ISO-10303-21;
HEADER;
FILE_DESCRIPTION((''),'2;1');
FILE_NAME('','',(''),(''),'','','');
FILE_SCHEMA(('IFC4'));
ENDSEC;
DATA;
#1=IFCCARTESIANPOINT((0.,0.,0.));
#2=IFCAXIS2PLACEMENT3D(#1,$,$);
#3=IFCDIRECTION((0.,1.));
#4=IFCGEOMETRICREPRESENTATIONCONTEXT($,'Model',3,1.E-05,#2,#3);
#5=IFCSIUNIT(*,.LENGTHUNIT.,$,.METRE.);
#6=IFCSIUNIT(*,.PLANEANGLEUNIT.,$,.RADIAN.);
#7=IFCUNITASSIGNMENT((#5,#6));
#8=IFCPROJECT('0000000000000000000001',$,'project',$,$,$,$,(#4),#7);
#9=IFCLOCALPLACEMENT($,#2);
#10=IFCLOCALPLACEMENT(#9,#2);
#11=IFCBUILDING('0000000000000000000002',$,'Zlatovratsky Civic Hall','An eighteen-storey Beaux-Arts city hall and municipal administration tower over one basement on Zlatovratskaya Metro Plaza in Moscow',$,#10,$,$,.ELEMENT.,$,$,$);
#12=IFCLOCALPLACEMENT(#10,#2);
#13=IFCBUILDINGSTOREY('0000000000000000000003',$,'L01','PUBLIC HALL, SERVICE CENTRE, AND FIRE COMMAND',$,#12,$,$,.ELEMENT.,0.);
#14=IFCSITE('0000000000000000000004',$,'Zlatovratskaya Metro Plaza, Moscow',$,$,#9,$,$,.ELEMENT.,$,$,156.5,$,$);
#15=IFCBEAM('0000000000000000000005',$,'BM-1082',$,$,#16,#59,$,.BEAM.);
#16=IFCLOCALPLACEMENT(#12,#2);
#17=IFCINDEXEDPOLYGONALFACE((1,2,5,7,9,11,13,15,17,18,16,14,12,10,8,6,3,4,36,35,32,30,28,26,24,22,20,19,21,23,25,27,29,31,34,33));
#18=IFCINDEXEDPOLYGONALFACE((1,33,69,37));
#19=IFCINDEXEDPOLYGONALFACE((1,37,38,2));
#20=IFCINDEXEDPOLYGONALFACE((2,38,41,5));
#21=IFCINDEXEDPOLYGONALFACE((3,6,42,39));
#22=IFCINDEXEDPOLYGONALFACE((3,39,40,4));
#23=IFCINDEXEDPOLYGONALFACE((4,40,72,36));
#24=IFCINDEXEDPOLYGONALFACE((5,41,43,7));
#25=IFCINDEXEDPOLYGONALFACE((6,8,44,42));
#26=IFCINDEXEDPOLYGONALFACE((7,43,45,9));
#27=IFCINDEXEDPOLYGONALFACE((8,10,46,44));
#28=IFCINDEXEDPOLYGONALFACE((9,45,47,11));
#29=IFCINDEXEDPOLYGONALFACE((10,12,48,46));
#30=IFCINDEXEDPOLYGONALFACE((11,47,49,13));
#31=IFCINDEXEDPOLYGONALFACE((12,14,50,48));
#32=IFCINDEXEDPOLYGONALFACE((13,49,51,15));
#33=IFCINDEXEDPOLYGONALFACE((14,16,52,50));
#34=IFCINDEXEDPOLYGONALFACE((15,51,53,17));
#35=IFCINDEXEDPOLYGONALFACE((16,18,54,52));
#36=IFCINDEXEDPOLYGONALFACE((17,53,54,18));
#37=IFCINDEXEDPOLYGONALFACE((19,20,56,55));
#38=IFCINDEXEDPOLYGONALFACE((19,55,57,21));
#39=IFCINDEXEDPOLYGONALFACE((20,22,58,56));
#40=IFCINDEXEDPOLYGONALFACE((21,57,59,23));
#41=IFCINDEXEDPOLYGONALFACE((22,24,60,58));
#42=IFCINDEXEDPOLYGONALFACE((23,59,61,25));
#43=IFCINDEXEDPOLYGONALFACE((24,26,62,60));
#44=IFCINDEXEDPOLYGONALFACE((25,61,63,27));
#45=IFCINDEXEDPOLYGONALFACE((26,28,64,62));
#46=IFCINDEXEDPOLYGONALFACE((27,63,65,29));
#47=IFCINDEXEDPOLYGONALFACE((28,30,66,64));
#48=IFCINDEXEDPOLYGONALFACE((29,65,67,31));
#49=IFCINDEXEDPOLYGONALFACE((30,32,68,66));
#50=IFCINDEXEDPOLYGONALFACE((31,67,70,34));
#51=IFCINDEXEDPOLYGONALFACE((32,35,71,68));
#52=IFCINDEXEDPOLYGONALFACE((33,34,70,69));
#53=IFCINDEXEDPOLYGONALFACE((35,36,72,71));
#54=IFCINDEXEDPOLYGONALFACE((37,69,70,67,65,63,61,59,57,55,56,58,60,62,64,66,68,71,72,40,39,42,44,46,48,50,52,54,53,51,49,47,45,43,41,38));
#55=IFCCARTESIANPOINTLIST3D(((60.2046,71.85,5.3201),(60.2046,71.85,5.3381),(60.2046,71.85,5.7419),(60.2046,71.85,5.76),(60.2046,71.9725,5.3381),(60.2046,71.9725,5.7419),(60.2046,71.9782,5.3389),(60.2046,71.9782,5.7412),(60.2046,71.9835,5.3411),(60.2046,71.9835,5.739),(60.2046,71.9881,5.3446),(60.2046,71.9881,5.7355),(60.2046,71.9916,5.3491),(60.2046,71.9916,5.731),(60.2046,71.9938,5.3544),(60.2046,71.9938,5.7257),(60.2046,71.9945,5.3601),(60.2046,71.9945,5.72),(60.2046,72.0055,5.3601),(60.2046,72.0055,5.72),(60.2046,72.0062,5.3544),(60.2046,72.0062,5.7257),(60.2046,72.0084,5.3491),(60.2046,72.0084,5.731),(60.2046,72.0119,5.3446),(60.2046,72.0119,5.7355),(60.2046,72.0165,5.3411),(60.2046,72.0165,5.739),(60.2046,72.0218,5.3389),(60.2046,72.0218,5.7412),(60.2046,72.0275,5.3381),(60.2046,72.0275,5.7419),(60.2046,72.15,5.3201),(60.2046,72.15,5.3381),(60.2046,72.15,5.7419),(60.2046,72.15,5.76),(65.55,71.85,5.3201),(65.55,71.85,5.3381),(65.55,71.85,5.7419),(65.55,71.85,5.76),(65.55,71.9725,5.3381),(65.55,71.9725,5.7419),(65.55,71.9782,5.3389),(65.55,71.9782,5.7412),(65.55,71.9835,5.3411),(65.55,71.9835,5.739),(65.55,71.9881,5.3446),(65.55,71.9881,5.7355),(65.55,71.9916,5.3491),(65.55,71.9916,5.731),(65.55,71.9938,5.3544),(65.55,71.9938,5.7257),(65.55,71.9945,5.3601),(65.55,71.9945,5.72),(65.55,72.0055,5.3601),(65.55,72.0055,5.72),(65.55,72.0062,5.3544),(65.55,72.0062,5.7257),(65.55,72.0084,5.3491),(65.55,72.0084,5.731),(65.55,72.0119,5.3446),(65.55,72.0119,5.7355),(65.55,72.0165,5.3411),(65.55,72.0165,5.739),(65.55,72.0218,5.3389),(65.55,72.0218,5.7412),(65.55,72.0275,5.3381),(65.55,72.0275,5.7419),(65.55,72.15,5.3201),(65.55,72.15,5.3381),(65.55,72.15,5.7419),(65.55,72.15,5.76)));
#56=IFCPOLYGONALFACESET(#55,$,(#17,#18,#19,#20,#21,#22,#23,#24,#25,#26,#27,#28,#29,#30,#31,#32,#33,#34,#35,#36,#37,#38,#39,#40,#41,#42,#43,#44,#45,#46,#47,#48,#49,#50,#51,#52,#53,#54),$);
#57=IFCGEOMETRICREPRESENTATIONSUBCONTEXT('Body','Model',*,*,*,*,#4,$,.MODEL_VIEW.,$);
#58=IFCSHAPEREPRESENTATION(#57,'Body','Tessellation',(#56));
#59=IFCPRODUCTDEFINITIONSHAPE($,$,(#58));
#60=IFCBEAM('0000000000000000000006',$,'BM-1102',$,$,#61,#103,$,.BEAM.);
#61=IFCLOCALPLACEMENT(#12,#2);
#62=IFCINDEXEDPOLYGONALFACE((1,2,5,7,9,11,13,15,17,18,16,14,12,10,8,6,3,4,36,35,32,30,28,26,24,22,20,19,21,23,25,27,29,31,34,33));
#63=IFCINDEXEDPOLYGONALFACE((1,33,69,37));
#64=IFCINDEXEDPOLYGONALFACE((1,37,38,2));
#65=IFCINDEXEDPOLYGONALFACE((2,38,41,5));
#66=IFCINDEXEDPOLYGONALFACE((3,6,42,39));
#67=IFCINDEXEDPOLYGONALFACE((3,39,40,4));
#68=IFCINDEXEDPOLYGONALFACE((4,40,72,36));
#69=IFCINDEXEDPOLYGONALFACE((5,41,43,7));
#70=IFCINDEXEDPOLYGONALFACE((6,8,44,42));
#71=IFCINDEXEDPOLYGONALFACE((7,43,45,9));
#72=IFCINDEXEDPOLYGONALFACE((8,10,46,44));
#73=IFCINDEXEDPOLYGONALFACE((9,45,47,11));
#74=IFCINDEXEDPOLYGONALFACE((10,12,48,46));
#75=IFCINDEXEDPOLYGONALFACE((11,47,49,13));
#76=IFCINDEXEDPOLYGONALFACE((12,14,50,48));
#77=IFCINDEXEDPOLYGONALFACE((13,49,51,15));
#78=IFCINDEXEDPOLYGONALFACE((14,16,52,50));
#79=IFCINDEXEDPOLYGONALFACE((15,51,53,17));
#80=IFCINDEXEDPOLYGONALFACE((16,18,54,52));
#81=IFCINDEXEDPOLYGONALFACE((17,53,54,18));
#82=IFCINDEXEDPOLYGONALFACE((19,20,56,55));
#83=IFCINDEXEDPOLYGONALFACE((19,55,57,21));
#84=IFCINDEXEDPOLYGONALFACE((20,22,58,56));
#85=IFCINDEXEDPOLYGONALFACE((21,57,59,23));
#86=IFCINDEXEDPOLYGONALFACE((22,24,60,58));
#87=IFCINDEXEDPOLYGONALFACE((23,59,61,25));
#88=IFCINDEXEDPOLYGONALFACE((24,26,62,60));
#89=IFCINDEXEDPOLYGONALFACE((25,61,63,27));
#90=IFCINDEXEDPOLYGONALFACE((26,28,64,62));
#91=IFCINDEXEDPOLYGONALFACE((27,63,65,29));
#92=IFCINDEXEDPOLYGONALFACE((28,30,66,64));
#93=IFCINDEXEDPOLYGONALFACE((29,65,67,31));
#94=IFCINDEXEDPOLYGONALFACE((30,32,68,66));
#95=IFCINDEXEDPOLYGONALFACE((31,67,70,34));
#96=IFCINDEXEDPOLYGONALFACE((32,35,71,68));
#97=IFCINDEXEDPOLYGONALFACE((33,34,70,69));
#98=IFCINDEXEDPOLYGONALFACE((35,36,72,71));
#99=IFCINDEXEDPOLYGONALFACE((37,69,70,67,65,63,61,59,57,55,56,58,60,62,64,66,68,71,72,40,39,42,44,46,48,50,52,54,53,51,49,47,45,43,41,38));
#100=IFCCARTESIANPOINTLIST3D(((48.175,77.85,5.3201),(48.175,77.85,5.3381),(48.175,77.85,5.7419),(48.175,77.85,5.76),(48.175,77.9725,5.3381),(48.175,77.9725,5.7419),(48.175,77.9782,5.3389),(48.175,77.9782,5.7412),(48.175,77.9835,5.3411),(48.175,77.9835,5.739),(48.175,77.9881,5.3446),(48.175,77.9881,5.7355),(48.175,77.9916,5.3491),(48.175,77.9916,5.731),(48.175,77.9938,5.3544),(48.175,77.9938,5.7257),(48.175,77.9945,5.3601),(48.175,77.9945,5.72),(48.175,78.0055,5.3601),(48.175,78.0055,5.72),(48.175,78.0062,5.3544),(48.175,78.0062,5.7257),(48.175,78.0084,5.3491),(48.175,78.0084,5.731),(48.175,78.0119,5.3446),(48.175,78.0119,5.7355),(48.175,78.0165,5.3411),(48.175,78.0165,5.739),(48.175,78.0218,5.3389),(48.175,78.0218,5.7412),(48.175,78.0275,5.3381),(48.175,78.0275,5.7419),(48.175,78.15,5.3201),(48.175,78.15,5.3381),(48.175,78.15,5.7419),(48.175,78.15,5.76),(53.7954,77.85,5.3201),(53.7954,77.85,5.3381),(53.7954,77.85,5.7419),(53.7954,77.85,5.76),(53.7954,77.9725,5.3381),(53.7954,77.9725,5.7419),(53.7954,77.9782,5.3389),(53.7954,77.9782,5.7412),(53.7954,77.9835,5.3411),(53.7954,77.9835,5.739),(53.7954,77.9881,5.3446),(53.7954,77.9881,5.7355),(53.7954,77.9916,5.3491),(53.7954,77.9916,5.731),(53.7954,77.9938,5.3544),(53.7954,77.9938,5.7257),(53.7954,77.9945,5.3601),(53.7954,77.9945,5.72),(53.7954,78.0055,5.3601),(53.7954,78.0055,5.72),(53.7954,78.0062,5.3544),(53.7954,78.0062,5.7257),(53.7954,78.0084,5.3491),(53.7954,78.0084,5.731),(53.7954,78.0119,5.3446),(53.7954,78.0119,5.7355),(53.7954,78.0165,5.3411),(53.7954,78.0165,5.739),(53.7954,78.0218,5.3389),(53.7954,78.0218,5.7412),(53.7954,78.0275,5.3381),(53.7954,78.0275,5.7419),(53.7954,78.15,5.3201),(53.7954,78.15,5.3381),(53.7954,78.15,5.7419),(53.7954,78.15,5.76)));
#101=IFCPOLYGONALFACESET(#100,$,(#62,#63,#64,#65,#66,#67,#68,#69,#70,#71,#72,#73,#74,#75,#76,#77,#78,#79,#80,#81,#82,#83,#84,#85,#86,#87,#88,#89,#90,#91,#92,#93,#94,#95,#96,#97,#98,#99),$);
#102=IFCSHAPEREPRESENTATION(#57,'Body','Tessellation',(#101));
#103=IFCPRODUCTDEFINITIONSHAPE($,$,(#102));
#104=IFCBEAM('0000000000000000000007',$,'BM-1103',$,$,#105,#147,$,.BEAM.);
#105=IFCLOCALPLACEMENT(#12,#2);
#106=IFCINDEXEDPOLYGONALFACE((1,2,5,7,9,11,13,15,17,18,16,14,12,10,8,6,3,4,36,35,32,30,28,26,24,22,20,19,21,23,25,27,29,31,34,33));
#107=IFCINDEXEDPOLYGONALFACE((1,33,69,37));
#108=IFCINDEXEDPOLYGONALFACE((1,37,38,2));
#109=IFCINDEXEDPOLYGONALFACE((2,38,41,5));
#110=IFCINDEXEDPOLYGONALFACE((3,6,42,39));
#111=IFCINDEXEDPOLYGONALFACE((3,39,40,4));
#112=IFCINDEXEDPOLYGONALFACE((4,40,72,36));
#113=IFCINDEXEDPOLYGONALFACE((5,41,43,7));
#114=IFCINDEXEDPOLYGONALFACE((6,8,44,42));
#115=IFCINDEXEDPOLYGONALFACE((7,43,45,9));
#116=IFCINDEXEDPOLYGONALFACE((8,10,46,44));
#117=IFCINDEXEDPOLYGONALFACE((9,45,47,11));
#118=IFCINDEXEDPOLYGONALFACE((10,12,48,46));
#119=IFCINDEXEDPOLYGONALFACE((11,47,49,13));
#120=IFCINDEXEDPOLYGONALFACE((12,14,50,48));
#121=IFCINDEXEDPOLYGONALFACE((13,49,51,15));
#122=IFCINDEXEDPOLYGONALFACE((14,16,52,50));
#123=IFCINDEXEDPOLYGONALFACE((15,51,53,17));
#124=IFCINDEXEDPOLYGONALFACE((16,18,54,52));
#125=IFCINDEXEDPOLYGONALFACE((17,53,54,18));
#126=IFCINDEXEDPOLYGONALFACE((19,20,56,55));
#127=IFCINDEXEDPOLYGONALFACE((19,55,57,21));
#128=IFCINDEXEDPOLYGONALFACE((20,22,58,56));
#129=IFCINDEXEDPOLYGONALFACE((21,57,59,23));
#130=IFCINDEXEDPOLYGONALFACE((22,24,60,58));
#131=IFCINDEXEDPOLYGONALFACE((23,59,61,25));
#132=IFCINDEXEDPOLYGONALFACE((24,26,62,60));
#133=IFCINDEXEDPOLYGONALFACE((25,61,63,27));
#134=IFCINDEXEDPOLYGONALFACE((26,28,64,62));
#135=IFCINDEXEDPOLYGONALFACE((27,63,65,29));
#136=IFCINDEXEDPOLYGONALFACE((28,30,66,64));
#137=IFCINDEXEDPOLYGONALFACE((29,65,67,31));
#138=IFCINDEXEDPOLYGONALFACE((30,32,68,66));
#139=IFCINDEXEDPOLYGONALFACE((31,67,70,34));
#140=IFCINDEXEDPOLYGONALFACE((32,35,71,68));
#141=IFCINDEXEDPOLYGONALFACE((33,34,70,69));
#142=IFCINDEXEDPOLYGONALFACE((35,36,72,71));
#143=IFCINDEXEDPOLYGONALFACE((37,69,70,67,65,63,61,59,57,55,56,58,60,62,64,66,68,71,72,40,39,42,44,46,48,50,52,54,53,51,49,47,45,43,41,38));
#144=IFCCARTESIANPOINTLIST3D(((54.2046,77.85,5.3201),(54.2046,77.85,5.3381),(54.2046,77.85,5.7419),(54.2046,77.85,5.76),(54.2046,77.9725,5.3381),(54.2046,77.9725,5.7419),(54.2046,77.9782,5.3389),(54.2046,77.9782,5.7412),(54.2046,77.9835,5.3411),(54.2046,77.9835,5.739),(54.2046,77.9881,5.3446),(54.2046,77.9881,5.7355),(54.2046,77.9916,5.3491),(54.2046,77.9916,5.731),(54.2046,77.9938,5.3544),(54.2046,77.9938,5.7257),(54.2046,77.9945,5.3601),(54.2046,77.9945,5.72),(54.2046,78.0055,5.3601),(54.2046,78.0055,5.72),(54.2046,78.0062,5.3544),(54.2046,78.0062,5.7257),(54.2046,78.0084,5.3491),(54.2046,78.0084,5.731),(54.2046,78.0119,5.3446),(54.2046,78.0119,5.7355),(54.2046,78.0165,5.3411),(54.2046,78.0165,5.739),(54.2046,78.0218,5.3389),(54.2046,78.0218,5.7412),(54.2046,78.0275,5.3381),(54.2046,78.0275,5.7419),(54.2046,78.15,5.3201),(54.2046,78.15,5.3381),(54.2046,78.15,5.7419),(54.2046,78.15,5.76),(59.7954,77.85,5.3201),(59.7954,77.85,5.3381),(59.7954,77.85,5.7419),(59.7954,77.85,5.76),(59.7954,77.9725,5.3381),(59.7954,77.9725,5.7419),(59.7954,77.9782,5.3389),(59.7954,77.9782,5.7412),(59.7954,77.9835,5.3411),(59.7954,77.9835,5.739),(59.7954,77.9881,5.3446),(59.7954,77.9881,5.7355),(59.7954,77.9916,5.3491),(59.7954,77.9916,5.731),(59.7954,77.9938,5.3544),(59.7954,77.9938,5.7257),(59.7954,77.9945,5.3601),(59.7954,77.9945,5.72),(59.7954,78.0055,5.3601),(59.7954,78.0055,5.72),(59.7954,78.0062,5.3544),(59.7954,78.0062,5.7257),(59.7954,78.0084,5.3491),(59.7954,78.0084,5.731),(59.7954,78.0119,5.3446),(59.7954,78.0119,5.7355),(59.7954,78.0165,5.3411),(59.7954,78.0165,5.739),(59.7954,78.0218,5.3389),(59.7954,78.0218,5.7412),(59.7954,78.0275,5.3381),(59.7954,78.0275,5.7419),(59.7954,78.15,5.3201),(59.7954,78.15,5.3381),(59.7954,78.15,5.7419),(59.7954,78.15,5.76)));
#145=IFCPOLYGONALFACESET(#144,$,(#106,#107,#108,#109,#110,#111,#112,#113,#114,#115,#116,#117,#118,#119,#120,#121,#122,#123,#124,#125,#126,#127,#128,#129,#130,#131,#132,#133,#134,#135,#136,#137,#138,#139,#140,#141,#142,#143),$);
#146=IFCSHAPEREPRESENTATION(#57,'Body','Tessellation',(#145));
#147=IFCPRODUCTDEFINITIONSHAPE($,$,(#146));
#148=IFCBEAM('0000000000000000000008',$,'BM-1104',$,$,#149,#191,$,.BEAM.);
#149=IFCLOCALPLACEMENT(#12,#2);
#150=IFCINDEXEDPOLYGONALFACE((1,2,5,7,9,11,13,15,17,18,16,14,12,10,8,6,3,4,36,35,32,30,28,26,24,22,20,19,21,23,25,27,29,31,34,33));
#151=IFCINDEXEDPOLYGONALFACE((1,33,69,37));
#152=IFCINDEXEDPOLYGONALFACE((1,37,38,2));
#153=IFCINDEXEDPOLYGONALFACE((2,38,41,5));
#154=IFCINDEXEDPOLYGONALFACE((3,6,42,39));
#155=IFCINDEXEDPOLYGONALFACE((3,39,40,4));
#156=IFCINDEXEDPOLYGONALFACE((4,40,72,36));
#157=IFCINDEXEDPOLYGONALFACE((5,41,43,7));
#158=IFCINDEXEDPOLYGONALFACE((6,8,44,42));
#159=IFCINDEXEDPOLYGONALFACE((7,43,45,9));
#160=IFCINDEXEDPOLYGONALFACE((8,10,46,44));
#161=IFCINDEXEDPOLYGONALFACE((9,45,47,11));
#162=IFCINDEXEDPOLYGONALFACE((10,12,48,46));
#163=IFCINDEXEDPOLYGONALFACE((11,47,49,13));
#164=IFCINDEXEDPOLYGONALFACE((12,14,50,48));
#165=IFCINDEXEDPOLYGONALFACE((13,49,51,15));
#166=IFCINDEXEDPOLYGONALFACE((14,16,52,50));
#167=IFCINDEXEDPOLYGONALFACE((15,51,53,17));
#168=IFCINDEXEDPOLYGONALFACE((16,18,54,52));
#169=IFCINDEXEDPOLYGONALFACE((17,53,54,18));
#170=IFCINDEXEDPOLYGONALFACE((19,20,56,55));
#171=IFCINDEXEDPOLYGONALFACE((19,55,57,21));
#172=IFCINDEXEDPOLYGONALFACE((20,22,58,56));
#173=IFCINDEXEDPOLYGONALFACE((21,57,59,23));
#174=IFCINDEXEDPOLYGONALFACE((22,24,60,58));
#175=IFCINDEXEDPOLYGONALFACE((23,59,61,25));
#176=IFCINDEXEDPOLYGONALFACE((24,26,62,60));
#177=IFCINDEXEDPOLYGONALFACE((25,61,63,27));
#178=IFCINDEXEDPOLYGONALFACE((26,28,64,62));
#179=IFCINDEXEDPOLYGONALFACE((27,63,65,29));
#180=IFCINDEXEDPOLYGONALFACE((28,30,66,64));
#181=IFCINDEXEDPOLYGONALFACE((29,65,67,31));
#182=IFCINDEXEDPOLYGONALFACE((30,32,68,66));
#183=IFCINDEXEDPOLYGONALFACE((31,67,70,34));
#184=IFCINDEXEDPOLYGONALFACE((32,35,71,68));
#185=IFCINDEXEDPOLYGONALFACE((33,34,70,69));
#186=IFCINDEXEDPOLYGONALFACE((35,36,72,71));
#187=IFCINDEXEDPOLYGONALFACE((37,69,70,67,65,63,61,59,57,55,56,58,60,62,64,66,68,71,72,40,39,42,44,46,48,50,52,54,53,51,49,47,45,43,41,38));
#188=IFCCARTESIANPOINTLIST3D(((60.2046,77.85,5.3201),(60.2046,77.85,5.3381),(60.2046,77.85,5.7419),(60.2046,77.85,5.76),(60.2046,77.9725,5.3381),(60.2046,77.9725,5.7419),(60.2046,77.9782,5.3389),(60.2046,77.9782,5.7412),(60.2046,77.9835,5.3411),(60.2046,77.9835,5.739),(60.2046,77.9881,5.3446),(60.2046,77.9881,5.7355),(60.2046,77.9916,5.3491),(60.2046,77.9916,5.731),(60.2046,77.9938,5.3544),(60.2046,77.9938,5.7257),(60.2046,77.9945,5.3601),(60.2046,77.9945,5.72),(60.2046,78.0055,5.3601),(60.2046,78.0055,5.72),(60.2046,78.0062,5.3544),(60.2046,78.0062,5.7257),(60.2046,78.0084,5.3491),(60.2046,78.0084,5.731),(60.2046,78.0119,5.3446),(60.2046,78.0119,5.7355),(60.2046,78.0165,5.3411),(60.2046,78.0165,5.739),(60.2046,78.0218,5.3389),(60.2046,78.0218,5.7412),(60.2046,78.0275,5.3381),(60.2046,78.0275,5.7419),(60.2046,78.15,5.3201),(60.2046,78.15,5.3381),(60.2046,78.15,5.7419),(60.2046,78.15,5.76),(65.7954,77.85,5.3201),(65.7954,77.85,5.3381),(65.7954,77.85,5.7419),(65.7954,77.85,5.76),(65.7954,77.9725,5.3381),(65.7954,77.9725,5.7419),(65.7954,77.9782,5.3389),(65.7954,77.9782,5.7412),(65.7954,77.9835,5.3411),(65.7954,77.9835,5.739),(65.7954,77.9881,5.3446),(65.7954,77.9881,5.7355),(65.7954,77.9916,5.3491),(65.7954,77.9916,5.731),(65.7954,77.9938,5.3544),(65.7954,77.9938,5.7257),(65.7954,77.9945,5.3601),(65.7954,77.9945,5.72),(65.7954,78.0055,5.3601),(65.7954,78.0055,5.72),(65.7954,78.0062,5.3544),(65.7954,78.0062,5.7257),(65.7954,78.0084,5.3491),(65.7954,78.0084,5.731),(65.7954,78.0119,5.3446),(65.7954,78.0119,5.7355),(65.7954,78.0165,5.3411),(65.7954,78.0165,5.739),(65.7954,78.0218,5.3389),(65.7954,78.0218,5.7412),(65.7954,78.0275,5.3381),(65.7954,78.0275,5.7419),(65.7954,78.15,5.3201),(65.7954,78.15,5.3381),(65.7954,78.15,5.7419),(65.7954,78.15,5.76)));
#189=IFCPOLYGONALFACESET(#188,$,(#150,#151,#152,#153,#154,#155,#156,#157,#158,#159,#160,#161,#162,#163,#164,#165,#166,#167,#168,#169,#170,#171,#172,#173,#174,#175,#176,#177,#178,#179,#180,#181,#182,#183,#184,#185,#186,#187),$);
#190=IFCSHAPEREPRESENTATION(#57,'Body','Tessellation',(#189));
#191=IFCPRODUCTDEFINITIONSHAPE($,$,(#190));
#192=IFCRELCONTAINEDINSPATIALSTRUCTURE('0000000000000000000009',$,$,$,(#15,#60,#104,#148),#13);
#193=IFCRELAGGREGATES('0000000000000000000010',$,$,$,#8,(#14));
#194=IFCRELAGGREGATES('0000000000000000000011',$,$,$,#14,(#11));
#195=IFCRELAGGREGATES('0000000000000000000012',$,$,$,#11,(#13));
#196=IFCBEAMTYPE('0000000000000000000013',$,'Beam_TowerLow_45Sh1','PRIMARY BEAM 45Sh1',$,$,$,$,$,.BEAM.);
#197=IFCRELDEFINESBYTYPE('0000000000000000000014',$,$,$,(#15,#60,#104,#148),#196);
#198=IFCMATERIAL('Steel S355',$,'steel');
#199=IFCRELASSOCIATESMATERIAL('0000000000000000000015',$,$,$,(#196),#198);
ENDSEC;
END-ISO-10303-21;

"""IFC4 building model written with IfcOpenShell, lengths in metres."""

from ifc_helpers import new_model, si_unit, direction, frame, origin, origin_2d, place, context, subcontext, project, spatial, i_section, extrude, material, material_profile, profile_set, type_object, element, save


model = new_model("IFC4")

# Units and contexts
model_context = context("Model", 3, precision=1e-05, world=origin(), true_north=direction((0.0, 1.0)))
body_context = subcontext(model_context, "Body", "Model", "MODEL_VIEW")
ifc_project = project(units=[si_unit("LENGTHUNIT", "METRE"), si_unit("PLANEANGLEUNIT", "RADIAN")], contexts=[model_context])

# Site, building, storey
site_placement = place(None, origin())
site = spatial("IfcSite", under=ifc_project, at=site_placement, Name="Zlatovratskaya Metro Plaza, Moscow", CompositionType="ELEMENT", RefElevation=156.5)
building_placement = place(site_placement, origin())
building = spatial("IfcBuilding", under=site, at=building_placement, Name="Zlatovratsky Civic Hall", Description="An eighteen-storey Beaux-Arts city hall and municipal administration tower over one basement on Zlatovratskaya Metro Plaza in Moscow", CompositionType="ELEMENT")
storey_placement = place(building_placement, origin())
storey = spatial("IfcBuildingStorey", under=building, at=storey_placement, Name="L01", Description="PUBLIC HALL, SERVICE CENTRE, AND FIRE COMMAND", CompositionType="ELEMENT", Elevation=0.0)

# Shared definitions
ifc_material_1 = material(Name="Steel S355", Category="steel")

# Beams
ifc_material_profile_1 = material_profile(ifc_material_1, i_section(OverallWidth=0.3, OverallDepth=0.4399, WebThickness=0.011, FlangeThickness=0.0181, FilletRadius=0.022, at=origin_2d()), Name="45Sh1")
ifc_profile_set_1 = profile_set([ifc_material_profile_1], Name="Steel S355")
beam_type = type_object("IfcBeamType", Name="Beam_TowerLow_45Sh1", Description="PRIMARY BEAM 45Sh1", PredefinedType="BEAM", material=ifc_profile_set_1)
beam_1_placement = place(storey_placement, frame((60.2046, 72.0, 5.54), z_axis=(1.0, 0.0, 0.0), x_axis=(0.0, 1.0, 0.0)))
element("IfcBeam", 1, at=beam_1_placement, inside=storey, type_object=beam_type, Name="BM-1082", PredefinedType="BEAM", context=body_context, shape_type="SweptSolid", body=[
    extrude(i_section(OverallWidth=0.3, OverallDepth=0.4399, WebThickness=0.011, FlangeThickness=0.0181, FilletRadius=0.022, at=origin_2d()), origin(), (0.0, 0.0, 1.0), 5.3455),
])
beam_2_placement = place(storey_placement, frame((48.175, 78.0, 5.54), z_axis=(1.0, 0.0, 0.0), x_axis=(0.0, 1.0, 0.0)))
element("IfcBeam", 2, at=beam_2_placement, inside=storey, type_object=beam_type, Name="BM-1102", PredefinedType="BEAM", context=body_context, shape_type="SweptSolid", body=[
    extrude(i_section(OverallWidth=0.3, OverallDepth=0.4399, WebThickness=0.011, FlangeThickness=0.0181, FilletRadius=0.022, at=origin_2d()), origin(), (0.0, 0.0, 1.0), 5.6204),
])
for number, where, z_axis, x_axis, name in (
    (3, (54.2046, 78.0, 5.54), (1.0, 0.0, 0.0), (0.0, 1.0, 0.0), "BM-1103"),
    (4, (60.2046, 78.0, 5.54), (1.0, 0.0, 0.0), (0.0, 1.0, 0.0), "BM-1104"),
):
    element("IfcBeam", number, at=place(storey_placement, frame(where, z_axis=z_axis, x_axis=x_axis)), inside=storey, type_object=beam_type, Name=name, PredefinedType="BEAM", context=body_context, shape_type="SweptSolid", body=[
        extrude(i_section(OverallWidth=0.3, OverallDepth=0.4399, WebThickness=0.011, FlangeThickness=0.0181, FilletRadius=0.022, at=origin_2d()), origin(), (0.0, 0.0, 1.0), 5.5908),
    ])

save(model, "model.ifc")
